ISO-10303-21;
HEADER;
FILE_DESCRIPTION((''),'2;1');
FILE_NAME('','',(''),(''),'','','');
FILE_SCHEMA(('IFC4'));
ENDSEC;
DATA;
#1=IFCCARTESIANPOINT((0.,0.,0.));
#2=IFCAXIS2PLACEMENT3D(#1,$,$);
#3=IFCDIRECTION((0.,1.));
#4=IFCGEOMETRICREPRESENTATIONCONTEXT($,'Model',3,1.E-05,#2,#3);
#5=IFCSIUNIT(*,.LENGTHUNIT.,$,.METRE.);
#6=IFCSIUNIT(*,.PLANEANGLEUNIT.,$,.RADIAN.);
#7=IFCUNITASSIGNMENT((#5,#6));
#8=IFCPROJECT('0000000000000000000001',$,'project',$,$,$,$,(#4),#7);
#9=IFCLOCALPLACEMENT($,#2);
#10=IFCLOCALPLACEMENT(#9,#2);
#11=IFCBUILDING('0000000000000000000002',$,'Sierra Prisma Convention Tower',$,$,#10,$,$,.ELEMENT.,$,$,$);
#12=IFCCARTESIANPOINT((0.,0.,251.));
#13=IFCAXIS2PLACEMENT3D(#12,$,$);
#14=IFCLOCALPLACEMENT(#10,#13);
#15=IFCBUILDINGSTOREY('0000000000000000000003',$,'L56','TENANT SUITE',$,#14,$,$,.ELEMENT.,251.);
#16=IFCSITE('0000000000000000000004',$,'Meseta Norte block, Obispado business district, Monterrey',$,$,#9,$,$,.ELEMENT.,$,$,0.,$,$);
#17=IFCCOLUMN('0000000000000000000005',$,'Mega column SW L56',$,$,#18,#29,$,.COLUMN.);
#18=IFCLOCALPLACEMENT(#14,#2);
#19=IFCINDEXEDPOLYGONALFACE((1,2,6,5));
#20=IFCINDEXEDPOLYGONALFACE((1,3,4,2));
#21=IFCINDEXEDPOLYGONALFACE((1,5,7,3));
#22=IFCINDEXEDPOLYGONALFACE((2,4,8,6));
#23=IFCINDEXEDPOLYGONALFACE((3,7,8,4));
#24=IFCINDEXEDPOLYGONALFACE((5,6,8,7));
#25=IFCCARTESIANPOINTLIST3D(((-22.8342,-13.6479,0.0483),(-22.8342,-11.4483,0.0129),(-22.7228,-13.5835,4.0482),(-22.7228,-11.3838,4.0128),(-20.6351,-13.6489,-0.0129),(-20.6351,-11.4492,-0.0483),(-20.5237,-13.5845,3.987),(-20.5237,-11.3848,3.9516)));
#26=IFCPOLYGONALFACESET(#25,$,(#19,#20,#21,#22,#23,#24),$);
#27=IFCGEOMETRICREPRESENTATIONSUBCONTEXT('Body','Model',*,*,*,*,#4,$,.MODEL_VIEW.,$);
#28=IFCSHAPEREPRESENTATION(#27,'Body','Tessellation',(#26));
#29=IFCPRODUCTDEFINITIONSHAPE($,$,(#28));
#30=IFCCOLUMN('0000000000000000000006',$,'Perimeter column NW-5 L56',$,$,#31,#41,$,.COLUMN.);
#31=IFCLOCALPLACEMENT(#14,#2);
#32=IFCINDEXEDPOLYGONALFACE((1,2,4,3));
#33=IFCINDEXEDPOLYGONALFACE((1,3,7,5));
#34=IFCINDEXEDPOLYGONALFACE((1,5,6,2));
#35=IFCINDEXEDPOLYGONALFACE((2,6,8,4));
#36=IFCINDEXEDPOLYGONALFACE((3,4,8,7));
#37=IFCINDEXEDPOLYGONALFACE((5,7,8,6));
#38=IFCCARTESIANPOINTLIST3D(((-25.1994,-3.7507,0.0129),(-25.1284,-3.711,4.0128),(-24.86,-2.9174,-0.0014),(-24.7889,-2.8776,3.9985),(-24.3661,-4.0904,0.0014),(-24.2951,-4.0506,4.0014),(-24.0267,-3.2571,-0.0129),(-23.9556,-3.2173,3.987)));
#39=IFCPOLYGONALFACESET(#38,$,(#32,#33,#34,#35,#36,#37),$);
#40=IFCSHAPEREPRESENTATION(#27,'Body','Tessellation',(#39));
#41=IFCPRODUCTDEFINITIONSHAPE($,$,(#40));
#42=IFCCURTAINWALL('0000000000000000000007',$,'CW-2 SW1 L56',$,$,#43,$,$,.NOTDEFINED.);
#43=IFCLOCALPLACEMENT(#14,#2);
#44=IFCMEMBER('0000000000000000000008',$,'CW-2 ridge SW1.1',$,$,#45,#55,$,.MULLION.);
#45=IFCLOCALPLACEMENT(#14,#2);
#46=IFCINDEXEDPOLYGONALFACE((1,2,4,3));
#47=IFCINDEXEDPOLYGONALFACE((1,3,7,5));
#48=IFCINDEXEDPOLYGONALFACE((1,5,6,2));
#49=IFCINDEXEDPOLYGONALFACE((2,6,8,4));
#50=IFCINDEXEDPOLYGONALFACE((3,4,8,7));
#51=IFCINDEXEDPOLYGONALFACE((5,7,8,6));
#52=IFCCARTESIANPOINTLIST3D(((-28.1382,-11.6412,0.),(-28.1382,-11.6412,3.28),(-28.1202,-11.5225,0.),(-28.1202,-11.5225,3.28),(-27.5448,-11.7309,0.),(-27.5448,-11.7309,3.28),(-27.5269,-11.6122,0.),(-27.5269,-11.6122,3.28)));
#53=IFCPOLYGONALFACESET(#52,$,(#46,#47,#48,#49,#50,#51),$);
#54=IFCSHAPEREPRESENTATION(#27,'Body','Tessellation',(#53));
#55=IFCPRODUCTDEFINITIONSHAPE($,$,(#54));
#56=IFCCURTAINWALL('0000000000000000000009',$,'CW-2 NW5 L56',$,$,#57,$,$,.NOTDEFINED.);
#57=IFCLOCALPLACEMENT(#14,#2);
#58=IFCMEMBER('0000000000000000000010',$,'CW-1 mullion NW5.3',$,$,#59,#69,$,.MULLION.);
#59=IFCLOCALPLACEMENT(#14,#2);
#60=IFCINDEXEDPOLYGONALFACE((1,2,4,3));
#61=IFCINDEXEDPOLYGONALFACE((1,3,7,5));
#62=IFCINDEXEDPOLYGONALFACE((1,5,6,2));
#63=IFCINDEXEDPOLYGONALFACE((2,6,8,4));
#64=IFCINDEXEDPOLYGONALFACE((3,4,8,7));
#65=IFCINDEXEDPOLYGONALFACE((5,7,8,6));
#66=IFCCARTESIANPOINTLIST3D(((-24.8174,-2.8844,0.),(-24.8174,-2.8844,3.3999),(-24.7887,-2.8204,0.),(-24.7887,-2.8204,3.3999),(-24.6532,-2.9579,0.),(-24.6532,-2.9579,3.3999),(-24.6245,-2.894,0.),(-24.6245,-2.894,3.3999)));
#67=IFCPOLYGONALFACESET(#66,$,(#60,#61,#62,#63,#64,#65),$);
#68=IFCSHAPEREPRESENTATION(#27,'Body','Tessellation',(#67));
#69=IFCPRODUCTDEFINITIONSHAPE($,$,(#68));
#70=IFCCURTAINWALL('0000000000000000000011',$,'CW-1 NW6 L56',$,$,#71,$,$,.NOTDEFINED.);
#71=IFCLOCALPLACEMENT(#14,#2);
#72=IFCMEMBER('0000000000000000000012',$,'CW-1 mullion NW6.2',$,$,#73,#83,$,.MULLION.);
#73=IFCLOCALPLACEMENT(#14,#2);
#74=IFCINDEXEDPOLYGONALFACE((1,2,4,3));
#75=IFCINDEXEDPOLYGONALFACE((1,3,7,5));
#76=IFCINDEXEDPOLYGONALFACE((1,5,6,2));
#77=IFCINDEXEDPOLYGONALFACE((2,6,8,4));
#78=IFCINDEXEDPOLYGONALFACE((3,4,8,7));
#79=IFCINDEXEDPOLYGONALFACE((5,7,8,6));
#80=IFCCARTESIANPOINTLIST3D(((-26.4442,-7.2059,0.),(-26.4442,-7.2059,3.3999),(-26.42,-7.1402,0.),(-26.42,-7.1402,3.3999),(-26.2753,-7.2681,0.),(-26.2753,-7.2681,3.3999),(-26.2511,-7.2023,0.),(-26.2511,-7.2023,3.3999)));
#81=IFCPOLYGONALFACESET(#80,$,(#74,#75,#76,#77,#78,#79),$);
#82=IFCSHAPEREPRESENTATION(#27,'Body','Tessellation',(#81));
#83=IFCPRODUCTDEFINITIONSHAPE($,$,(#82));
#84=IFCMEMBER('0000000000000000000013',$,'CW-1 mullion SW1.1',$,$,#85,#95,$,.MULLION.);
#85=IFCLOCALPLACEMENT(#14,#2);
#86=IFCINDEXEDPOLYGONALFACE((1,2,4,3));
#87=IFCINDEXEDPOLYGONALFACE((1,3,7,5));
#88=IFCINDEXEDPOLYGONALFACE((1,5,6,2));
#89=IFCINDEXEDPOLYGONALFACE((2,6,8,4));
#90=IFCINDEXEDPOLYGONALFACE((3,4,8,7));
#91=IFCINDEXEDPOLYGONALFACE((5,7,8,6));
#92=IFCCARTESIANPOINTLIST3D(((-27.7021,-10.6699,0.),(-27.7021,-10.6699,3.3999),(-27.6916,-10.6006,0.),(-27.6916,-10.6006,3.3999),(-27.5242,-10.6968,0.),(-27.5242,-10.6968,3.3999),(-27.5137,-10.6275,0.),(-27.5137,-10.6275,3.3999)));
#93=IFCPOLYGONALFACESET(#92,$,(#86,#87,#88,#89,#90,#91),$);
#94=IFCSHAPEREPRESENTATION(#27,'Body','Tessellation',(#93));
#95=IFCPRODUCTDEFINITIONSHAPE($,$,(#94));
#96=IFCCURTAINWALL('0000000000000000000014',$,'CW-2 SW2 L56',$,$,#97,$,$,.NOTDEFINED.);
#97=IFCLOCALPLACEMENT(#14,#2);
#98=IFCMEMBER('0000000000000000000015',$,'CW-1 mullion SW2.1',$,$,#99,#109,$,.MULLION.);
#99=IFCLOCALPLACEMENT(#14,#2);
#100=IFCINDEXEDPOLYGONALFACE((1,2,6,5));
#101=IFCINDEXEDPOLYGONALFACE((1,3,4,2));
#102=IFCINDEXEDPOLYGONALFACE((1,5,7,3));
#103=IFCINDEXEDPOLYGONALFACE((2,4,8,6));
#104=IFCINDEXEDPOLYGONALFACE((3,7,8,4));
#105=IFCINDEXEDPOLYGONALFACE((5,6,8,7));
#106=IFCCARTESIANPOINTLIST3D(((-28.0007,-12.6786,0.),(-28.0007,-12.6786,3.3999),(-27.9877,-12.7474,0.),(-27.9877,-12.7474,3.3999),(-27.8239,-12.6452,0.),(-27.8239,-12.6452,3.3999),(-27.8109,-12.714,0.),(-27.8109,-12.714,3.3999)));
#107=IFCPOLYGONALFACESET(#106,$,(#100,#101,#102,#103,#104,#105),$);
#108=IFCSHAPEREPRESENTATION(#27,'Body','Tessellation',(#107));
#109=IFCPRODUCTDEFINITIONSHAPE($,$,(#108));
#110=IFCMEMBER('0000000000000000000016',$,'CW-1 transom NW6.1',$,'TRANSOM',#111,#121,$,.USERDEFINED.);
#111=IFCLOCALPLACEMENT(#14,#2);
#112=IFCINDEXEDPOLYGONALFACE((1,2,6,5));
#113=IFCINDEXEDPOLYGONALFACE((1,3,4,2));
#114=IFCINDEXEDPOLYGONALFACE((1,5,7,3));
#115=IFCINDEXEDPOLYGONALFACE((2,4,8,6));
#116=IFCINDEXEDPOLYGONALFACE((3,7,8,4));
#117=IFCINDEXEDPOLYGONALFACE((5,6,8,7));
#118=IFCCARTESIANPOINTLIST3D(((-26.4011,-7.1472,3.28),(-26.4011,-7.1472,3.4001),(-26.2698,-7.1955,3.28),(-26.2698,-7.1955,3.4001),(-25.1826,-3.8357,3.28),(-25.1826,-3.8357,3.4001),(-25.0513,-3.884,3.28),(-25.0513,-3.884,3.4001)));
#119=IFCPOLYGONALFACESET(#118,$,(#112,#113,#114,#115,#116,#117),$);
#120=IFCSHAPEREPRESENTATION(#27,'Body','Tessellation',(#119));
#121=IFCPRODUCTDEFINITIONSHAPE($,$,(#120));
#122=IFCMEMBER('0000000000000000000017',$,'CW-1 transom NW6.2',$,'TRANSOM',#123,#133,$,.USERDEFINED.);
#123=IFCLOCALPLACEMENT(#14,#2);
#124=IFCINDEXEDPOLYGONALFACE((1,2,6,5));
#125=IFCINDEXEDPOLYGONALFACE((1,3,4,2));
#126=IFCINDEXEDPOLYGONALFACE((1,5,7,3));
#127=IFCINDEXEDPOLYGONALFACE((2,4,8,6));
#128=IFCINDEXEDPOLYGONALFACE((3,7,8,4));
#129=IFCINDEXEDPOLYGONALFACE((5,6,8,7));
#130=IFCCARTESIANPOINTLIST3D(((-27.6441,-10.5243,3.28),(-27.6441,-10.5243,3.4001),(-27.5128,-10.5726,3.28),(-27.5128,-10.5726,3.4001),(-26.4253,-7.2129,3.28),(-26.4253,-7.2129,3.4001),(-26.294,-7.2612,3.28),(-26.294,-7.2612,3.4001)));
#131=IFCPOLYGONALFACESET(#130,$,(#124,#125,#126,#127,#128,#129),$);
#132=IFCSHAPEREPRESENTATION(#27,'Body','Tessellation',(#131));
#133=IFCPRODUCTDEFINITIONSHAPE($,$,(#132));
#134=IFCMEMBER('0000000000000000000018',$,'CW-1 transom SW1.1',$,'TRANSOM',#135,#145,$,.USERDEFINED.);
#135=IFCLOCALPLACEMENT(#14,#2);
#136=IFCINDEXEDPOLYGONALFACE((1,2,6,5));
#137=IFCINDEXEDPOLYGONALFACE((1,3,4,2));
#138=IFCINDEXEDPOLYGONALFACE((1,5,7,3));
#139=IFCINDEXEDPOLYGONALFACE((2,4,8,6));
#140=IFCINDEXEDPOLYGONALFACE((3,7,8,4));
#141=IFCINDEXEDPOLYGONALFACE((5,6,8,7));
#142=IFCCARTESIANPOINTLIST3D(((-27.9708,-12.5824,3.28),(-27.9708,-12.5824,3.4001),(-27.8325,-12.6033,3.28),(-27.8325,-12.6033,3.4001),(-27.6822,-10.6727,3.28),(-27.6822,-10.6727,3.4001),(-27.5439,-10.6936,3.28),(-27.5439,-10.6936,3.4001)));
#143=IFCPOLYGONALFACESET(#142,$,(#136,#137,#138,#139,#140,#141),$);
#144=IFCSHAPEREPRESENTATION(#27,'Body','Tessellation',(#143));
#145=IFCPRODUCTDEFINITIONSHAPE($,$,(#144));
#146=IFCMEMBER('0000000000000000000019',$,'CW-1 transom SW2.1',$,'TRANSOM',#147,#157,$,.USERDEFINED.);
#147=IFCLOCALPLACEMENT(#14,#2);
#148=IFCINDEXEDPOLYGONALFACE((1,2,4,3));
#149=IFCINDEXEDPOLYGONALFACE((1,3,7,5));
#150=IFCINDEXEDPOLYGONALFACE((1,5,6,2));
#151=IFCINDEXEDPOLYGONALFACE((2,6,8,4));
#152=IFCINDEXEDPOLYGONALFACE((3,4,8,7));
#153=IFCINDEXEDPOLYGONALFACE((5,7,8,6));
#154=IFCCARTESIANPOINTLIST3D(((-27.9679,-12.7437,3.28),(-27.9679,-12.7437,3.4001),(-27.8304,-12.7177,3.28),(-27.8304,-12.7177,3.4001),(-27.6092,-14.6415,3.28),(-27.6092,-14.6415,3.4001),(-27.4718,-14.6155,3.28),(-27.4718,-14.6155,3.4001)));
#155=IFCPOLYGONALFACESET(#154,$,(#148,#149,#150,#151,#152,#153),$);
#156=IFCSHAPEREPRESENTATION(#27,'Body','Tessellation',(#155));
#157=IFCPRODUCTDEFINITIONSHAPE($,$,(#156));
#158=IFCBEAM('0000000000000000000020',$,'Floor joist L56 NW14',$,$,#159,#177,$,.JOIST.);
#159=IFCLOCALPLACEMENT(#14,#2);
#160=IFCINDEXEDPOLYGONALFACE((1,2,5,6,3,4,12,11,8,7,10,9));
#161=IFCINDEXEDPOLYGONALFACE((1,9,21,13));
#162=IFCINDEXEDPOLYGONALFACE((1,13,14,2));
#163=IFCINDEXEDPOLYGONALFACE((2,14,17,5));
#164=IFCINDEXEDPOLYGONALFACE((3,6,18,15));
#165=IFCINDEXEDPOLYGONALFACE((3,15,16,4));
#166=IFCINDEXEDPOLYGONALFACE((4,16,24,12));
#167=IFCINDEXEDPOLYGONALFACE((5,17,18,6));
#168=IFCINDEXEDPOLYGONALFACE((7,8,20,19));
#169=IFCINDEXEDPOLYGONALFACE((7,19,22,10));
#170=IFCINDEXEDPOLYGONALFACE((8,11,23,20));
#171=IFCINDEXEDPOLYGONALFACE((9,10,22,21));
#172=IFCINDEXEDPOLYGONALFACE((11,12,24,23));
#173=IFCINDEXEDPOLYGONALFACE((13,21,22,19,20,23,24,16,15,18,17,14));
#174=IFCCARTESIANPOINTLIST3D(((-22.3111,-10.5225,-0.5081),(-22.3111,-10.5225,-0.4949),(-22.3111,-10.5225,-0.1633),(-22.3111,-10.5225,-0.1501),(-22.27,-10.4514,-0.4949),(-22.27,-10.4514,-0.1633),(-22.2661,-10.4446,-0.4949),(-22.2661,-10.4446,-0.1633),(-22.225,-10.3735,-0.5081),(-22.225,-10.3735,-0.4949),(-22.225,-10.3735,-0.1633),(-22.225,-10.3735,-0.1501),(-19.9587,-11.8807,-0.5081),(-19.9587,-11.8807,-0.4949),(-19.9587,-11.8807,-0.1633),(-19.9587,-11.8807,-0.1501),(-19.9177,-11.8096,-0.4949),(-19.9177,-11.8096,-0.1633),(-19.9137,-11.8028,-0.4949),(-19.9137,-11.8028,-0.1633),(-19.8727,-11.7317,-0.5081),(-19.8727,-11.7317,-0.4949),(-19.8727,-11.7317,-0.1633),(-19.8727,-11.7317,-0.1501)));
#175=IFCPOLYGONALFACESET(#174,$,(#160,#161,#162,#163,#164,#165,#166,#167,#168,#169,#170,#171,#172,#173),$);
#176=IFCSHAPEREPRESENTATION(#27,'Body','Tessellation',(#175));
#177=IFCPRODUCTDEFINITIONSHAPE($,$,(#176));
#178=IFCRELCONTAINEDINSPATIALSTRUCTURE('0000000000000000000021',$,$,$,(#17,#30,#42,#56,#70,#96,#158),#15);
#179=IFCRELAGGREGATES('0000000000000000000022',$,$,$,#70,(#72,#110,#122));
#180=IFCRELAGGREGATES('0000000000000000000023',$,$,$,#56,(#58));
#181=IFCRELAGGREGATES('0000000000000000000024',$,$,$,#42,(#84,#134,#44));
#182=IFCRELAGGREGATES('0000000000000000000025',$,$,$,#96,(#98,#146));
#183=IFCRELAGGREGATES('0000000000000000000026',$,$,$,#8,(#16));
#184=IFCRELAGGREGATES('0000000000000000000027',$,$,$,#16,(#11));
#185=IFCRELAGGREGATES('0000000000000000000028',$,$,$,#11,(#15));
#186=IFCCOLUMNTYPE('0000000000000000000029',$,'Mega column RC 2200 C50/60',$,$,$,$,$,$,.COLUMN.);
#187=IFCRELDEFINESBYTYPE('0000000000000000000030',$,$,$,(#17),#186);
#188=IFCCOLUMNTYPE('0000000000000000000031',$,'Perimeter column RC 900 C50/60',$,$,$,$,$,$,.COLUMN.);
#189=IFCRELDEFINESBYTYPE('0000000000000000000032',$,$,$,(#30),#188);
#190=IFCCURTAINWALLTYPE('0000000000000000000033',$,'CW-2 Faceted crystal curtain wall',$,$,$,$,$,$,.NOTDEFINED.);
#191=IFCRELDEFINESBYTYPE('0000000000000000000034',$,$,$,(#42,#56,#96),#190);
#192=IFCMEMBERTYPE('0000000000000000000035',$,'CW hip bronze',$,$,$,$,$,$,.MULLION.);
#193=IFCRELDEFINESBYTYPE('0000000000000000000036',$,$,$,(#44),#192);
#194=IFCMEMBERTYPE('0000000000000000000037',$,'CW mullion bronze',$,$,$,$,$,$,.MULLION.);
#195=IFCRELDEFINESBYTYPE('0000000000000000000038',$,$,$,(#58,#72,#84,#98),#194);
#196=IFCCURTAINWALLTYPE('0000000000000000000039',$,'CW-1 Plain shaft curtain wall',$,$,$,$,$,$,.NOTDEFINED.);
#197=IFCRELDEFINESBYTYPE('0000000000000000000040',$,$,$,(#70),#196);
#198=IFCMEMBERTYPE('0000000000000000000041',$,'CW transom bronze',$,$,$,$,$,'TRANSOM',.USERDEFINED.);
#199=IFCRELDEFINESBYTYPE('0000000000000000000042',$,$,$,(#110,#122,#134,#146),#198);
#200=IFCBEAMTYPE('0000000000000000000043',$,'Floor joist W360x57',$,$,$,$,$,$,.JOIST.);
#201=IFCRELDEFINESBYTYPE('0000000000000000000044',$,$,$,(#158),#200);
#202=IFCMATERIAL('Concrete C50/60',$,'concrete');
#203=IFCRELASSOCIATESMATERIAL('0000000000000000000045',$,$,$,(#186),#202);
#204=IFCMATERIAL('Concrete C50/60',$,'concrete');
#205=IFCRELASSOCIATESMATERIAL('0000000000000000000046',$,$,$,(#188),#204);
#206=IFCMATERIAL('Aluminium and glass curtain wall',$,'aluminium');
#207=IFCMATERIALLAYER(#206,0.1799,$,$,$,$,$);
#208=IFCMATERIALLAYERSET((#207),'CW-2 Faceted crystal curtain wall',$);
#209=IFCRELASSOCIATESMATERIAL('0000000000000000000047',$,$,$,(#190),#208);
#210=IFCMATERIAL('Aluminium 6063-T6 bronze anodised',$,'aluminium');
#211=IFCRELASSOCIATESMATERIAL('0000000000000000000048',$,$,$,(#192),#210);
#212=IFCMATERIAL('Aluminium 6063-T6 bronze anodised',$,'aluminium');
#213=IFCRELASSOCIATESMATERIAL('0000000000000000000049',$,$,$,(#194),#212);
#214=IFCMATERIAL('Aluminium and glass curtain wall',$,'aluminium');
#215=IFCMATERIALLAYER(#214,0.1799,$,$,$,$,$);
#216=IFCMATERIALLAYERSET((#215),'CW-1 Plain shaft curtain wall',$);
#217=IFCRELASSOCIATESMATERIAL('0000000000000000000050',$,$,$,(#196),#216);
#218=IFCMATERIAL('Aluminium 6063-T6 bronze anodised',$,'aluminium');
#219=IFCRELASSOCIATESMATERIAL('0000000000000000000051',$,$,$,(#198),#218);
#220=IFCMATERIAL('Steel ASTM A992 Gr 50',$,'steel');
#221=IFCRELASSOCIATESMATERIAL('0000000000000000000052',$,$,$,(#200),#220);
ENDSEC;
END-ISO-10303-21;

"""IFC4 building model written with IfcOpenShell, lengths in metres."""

from ifc_helpers import new_model, si_unit, direction, frame, origin, origin_2d, place, context, subcontext, project, spatial, rectangle, i_section, extrude, material, layer, layer_set, material_profile, profile_set, type_object, element, aggregate, save


model = new_model("IFC4")

# Units and contexts
model_context = context("Model", 3, precision=1e-05, world=origin(), true_north=direction((0.0, 1.0)))
body_context = subcontext(model_context, "Body", "Model", "MODEL_VIEW")
ifc_project = project(units=[si_unit("LENGTHUNIT", "METRE"), si_unit("PLANEANGLEUNIT", "RADIAN")], contexts=[model_context])

# Site, building, storey
site_placement = place(None, origin())
site = spatial("IfcSite", under=ifc_project, at=site_placement, Name="Meseta Norte block, Obispado business district, Monterrey", CompositionType="ELEMENT", RefElevation=0.0)
building_placement = place(site_placement, origin())
building = spatial("IfcBuilding", under=site, at=building_placement, Name="Sierra Prisma Convention Tower", CompositionType="ELEMENT")
storey_placement = place(building_placement, frame((0.0, 0.0, 251.0)))
storey = spatial("IfcBuildingStorey", under=building, at=storey_placement, Name="L56", Description="TENANT SUITE", CompositionType="ELEMENT", Elevation=251.0)

# Columns
ifc_material_1 = material(Name="Concrete C50/60", Category="concrete")
ifc_material_profile_1 = material_profile(ifc_material_1, rectangle(XDim=2.2, YDim=2.2, at=origin_2d()), Name="Mega column RC 2200 C50/60")
ifc_profile_set_1 = profile_set([ifc_material_profile_1], Name="Concrete C50/60")
column_type_1 = type_object("IfcColumnType", Name="Mega column RC 2200 C50/60", PredefinedType="COLUMN", material=ifc_profile_set_1)
column_1_placement = place(storey_placement, frame((-21.7346, -12.5486, 0.0), z_axis=(0.027818, 0.016105, 0.999483), x_axis=(0.999613, -0.000448, -0.027814)))
element("IfcColumn", 1, at=column_1_placement, inside=storey, type_object=column_type_1, Name="Mega column SW L56", PredefinedType="COLUMN", context=body_context, shape_type="SweptSolid", body=[
    extrude(rectangle(XDim=2.2, YDim=2.2, at=origin_2d()), origin(), (0.0, 0.0, 1.0), 4.002),
])
ifc_material_2 = material(Name="Concrete C50/60", Category="concrete")
ifc_material_profile_2 = material_profile(ifc_material_2, rectangle(XDim=0.8999, YDim=0.8999, at=origin_2d()), Name="Perimeter column RC 900 C50/60")
ifc_profile_set_2 = profile_set([ifc_material_profile_2], Name="Concrete C50/60")
column_type_2 = type_object("IfcColumnType", Name="Perimeter column RC 900 C50/60", PredefinedType="COLUMN", material=ifc_profile_set_2)
column_2_placement = place(storey_placement, frame((-24.613, -3.5039, 0.0), z_axis=(0.017758, 0.009947, 0.999793), x_axis=(0.377201, 0.925995, -0.015912)))
element("IfcColumn", 2, at=column_2_placement, inside=storey, type_object=column_type_2, Name="Perimeter column NW-5 L56", PredefinedType="COLUMN", context=body_context, shape_type="SweptSolid", body=[
    extrude(rectangle(XDim=0.8999, YDim=0.8999, at=origin_2d()), origin(), (0.0, 0.0, 1.0), 4.0007),
])

# Curtain walls, members
ifc_material_3 = material(Name="Aluminium and glass curtain wall", Category="aluminium")
ifc_layer_1 = layer(ifc_material_3, 0.1799)
ifc_layer_set_1 = layer_set([ifc_layer_1], Name="CW-2 Faceted crystal curtain wall")
curtain_wall_type_1 = type_object("IfcCurtainWallType", Name="CW-2 Faceted crystal curtain wall", PredefinedType="NOTDEFINED", material=ifc_layer_set_1)
curtain_wall_1_placement = place(storey_placement, origin())
curtain_wall_1 = element("IfcCurtainWall", 3, at=curtain_wall_1_placement, inside=storey, type_object=curtain_wall_type_1, Name="CW-2 SW1 L56", PredefinedType="NOTDEFINED")
ifc_material_4 = material(Name="Aluminium 6063-T6 bronze anodised", Category="aluminium")
ifc_material_profile_3 = material_profile(ifc_material_4, rectangle(XDim=0.1201, YDim=0.6001, at=origin_2d()), Name="ALU RIDGE BLADE 120x600")
ifc_profile_set_3 = profile_set([ifc_material_profile_3], Name="Aluminium 6063-T6 bronze anodised")
member_type_1 = type_object("IfcMemberType", Name="CW hip bronze", PredefinedType="MULLION", material=ifc_profile_set_3)
member_1_placement = place(storey_placement, frame((-27.8325, -11.6267, 0.0), z_axis=(0.0, 0.0, 1.0), x_axis=(-0.149483, -0.988764, 0.0)))
member_1 = element("IfcMember", 4, at=member_1_placement, type_object=member_type_1, Name="CW-2 ridge SW1.1", PredefinedType="MULLION", context=body_context, shape_type="SweptSolid", body=[
    extrude(rectangle(XDim=0.1201, YDim=0.6001, at=origin_2d()), origin(), (0.0, 0.0, 1.0), 3.28),
])
curtain_wall_2_placement = place(storey_placement, origin())
curtain_wall_2 = element("IfcCurtainWall", 5, at=curtain_wall_2_placement, inside=storey, type_object=curtain_wall_type_1, Name="CW-2 NW5 L56", PredefinedType="NOTDEFINED")
ifc_material_5 = material(Name="Aluminium 6063-T6 bronze anodised", Category="aluminium")
ifc_material_profile_4 = material_profile(ifc_material_5, rectangle(XDim=0.1799, YDim=0.0701, at=origin_2d()), Name="ALU MULLION 70x180")
ifc_profile_set_4 = profile_set([ifc_material_profile_4], Name="Aluminium 6063-T6 bronze anodised")
member_type_2 = type_object("IfcMemberType", Name="CW mullion bronze", PredefinedType="MULLION", material=ifc_profile_set_4)
member_2_placement = place(storey_placement, frame((-24.7209, -2.8892, 0.0), z_axis=(0.0, 0.0, 1.0), x_axis=(0.912669, -0.408698, 0.0)))
member_2 = element("IfcMember", 6, at=member_2_placement, type_object=member_type_2, Name="CW-1 mullion NW5.3", PredefinedType="MULLION", context=body_context, shape_type="SweptSolid", body=[
    extrude(rectangle(XDim=0.1799, YDim=0.0701, at=origin_2d()), origin(), (0.0, 0.0, 1.0), 3.3999),
])
ifc_material_6 = material(Name="Aluminium and glass curtain wall", Category="aluminium")
ifc_layer_2 = layer(ifc_material_6, 0.1799)
ifc_layer_set_2 = layer_set([ifc_layer_2], Name="CW-1 Plain shaft curtain wall")
curtain_wall_type_2 = type_object("IfcCurtainWallType", Name="CW-1 Plain shaft curtain wall", PredefinedType="NOTDEFINED", material=ifc_layer_set_2)
curtain_wall_3_placement = place(storey_placement, origin())
curtain_wall_3 = element("IfcCurtainWall", 7, at=curtain_wall_3_placement, inside=storey, type_object=curtain_wall_type_2, Name="CW-1 NW6 L56", PredefinedType="NOTDEFINED")
member_3_placement = place(storey_placement, frame((-26.3477, -7.2041, 0.0), z_axis=(0.0, 0.0, 1.0), x_axis=(0.938462, -0.345383, 0.0)))
member_3 = element("IfcMember", 8, at=member_3_placement, type_object=member_type_2, Name="CW-1 mullion NW6.2", PredefinedType="MULLION", context=body_context, shape_type="SweptSolid", body=[
    extrude(rectangle(XDim=0.1799, YDim=0.0701, at=origin_2d()), origin(), (0.0, 0.0, 1.0), 3.3999),
])

# Member
member_4_placement = place(storey_placement, frame((-27.6079, -10.6487, 0.0), z_axis=(0.0, 0.0, 1.0), x_axis=(0.988764, -0.149483, 0.0)))
member_4 = element("IfcMember", 9, at=member_4_placement, type_object=member_type_2, Name="CW-1 mullion SW1.1", PredefinedType="MULLION", context=body_context, shape_type="SweptSolid", body=[
    extrude(rectangle(XDim=0.1799, YDim=0.0701, at=origin_2d()), origin(), (0.0, 0.0, 1.0), 3.3999),
])

# Curtain wall, member
curtain_wall_4_placement = place(storey_placement, origin())
curtain_wall_4 = element("IfcCurtainWall", 10, at=curtain_wall_4_placement, inside=storey, type_object=curtain_wall_type_1, Name="CW-2 SW2 L56", PredefinedType="NOTDEFINED")
member_5_placement = place(storey_placement, frame((-27.9058, -12.6963, 0.0), z_axis=(0.0, 0.0, 1.0), x_axis=(0.982608, 0.185693, 0.0)))
member_5 = element("IfcMember", 11, at=member_5_placement, type_object=member_type_2, Name="CW-1 mullion SW2.1", PredefinedType="MULLION", context=body_context, shape_type="SweptSolid", body=[
    extrude(rectangle(XDim=0.1799, YDim=0.0701, at=origin_2d()), origin(), (0.0, 0.0, 1.0), 3.3999),
])

# Members
ifc_material_7 = material(Name="Aluminium 6063-T6 bronze anodised", Category="aluminium")
ifc_material_profile_5 = material_profile(ifc_material_7, rectangle(XDim=0.1399, YDim=0.1201, at=origin_2d()), Name="ALU TRANSOM 120x140")
ifc_profile_set_5 = profile_set([ifc_material_profile_5], Name="Aluminium 6063-T6 bronze anodised")
member_type_3 = type_object("IfcMemberType", Name="CW transom bronze", ElementType="TRANSOM", PredefinedType="USERDEFINED", material=ifc_profile_set_5)
member_6_placement = place(storey_placement, frame((-25.1169, -3.8599, 3.3401), z_axis=(-0.345324, -0.938484, 0.0), x_axis=(0.938484, -0.345324, 0.0)))
member_6 = element("IfcMember", 12, at=member_6_placement, type_object=member_type_3, Name="CW-1 transom NW6.1", ObjectType="TRANSOM", PredefinedType="USERDEFINED", context=body_context, shape_type="SweptSolid", body=[
    extrude(rectangle(XDim=0.1399, YDim=0.1201, at=origin_2d()), origin(), (0.0, 0.0, 1.0), 3.5286),
])
member_7_placement = place(storey_placement, frame((-26.3596, -7.2371, 3.3401), z_axis=(-0.345407, -0.938453, 0.0), x_axis=(0.938453, -0.345407, 0.0)))
member_7 = element("IfcMember", 13, at=member_7_placement, type_object=member_type_3, Name="CW-1 transom NW6.2", ObjectType="TRANSOM", PredefinedType="USERDEFINED", context=body_context, shape_type="SweptSolid", body=[
    extrude(rectangle(XDim=0.1399, YDim=0.1201, at=origin_2d()), origin(), (0.0, 0.0, 1.0), 3.5286),
])
member_8_placement = place(storey_placement, frame((-27.613, -10.6831, 3.3401), z_axis=(-0.149416, -0.988774, 0.0), x_axis=(0.988774, -0.149416, 0.0)))
member_8 = element("IfcMember", 14, at=member_8_placement, type_object=member_type_3, Name="CW-1 transom SW1.1", ObjectType="TRANSOM", PredefinedType="USERDEFINED", context=body_context, shape_type="SweptSolid", body=[
    extrude(rectangle(XDim=0.1399, YDim=0.1201, at=origin_2d()), origin(), (0.0, 0.0, 1.0), 1.9314),
])
member_9_placement = place(storey_placement, frame((-27.8992, -12.7307, 3.3401), z_axis=(0.1857, -0.982606, 0.0), x_axis=(0.982606, 0.1857, 0.0)))
member_9 = element("IfcMember", 15, at=member_9_placement, type_object=member_type_3, Name="CW-1 transom SW2.1", ObjectType="TRANSOM", PredefinedType="USERDEFINED", context=body_context, shape_type="SweptSolid", body=[
    extrude(rectangle(XDim=0.1399, YDim=0.1201, at=origin_2d()), origin(), (0.0, 0.0, 1.0), 1.9314),
])

# Beam
ifc_material_8 = material(Name="Steel ASTM A992 Gr 50", Category="steel")
ifc_material_profile_6 = material_profile(ifc_material_8, i_section(OverallWidth=0.1721, OverallDepth=0.3579, WebThickness=0.0078, FlangeThickness=0.0132, at=origin_2d()), Name="W360x57")
ifc_profile_set_6 = profile_set([ifc_material_profile_6], Name="Steel ASTM A992 Gr 50")
beam_type_1 = type_object("IfcBeamType", Name="Floor joist W360x57", PredefinedType="JOIST", material=ifc_profile_set_6)
beam_1_placement = place(storey_placement, frame((-22.2681, -10.448, -0.3291), z_axis=(0.866016, -0.500016, 0.0), x_axis=(0.500016, 0.866016, 0.0)))
element("IfcBeam", 16, at=beam_1_placement, inside=storey, type_object=beam_type_1, Name="Floor joist L56 NW14", PredefinedType="JOIST", context=body_context, shape_type="SweptSolid", body=[
    extrude(i_section(OverallWidth=0.1721, OverallDepth=0.3579, WebThickness=0.0078, FlangeThickness=0.0132, at=origin_2d()), origin(), (0.0, 0.0, 1.0), 2.7163),
])

aggregate(curtain_wall_3, [member_3, member_6, member_7])
aggregate(curtain_wall_2, [member_2])
aggregate(curtain_wall_1, [member_4, member_8, member_1])
aggregate(curtain_wall_4, [member_5, member_9])

save(model, "model.ifc")
